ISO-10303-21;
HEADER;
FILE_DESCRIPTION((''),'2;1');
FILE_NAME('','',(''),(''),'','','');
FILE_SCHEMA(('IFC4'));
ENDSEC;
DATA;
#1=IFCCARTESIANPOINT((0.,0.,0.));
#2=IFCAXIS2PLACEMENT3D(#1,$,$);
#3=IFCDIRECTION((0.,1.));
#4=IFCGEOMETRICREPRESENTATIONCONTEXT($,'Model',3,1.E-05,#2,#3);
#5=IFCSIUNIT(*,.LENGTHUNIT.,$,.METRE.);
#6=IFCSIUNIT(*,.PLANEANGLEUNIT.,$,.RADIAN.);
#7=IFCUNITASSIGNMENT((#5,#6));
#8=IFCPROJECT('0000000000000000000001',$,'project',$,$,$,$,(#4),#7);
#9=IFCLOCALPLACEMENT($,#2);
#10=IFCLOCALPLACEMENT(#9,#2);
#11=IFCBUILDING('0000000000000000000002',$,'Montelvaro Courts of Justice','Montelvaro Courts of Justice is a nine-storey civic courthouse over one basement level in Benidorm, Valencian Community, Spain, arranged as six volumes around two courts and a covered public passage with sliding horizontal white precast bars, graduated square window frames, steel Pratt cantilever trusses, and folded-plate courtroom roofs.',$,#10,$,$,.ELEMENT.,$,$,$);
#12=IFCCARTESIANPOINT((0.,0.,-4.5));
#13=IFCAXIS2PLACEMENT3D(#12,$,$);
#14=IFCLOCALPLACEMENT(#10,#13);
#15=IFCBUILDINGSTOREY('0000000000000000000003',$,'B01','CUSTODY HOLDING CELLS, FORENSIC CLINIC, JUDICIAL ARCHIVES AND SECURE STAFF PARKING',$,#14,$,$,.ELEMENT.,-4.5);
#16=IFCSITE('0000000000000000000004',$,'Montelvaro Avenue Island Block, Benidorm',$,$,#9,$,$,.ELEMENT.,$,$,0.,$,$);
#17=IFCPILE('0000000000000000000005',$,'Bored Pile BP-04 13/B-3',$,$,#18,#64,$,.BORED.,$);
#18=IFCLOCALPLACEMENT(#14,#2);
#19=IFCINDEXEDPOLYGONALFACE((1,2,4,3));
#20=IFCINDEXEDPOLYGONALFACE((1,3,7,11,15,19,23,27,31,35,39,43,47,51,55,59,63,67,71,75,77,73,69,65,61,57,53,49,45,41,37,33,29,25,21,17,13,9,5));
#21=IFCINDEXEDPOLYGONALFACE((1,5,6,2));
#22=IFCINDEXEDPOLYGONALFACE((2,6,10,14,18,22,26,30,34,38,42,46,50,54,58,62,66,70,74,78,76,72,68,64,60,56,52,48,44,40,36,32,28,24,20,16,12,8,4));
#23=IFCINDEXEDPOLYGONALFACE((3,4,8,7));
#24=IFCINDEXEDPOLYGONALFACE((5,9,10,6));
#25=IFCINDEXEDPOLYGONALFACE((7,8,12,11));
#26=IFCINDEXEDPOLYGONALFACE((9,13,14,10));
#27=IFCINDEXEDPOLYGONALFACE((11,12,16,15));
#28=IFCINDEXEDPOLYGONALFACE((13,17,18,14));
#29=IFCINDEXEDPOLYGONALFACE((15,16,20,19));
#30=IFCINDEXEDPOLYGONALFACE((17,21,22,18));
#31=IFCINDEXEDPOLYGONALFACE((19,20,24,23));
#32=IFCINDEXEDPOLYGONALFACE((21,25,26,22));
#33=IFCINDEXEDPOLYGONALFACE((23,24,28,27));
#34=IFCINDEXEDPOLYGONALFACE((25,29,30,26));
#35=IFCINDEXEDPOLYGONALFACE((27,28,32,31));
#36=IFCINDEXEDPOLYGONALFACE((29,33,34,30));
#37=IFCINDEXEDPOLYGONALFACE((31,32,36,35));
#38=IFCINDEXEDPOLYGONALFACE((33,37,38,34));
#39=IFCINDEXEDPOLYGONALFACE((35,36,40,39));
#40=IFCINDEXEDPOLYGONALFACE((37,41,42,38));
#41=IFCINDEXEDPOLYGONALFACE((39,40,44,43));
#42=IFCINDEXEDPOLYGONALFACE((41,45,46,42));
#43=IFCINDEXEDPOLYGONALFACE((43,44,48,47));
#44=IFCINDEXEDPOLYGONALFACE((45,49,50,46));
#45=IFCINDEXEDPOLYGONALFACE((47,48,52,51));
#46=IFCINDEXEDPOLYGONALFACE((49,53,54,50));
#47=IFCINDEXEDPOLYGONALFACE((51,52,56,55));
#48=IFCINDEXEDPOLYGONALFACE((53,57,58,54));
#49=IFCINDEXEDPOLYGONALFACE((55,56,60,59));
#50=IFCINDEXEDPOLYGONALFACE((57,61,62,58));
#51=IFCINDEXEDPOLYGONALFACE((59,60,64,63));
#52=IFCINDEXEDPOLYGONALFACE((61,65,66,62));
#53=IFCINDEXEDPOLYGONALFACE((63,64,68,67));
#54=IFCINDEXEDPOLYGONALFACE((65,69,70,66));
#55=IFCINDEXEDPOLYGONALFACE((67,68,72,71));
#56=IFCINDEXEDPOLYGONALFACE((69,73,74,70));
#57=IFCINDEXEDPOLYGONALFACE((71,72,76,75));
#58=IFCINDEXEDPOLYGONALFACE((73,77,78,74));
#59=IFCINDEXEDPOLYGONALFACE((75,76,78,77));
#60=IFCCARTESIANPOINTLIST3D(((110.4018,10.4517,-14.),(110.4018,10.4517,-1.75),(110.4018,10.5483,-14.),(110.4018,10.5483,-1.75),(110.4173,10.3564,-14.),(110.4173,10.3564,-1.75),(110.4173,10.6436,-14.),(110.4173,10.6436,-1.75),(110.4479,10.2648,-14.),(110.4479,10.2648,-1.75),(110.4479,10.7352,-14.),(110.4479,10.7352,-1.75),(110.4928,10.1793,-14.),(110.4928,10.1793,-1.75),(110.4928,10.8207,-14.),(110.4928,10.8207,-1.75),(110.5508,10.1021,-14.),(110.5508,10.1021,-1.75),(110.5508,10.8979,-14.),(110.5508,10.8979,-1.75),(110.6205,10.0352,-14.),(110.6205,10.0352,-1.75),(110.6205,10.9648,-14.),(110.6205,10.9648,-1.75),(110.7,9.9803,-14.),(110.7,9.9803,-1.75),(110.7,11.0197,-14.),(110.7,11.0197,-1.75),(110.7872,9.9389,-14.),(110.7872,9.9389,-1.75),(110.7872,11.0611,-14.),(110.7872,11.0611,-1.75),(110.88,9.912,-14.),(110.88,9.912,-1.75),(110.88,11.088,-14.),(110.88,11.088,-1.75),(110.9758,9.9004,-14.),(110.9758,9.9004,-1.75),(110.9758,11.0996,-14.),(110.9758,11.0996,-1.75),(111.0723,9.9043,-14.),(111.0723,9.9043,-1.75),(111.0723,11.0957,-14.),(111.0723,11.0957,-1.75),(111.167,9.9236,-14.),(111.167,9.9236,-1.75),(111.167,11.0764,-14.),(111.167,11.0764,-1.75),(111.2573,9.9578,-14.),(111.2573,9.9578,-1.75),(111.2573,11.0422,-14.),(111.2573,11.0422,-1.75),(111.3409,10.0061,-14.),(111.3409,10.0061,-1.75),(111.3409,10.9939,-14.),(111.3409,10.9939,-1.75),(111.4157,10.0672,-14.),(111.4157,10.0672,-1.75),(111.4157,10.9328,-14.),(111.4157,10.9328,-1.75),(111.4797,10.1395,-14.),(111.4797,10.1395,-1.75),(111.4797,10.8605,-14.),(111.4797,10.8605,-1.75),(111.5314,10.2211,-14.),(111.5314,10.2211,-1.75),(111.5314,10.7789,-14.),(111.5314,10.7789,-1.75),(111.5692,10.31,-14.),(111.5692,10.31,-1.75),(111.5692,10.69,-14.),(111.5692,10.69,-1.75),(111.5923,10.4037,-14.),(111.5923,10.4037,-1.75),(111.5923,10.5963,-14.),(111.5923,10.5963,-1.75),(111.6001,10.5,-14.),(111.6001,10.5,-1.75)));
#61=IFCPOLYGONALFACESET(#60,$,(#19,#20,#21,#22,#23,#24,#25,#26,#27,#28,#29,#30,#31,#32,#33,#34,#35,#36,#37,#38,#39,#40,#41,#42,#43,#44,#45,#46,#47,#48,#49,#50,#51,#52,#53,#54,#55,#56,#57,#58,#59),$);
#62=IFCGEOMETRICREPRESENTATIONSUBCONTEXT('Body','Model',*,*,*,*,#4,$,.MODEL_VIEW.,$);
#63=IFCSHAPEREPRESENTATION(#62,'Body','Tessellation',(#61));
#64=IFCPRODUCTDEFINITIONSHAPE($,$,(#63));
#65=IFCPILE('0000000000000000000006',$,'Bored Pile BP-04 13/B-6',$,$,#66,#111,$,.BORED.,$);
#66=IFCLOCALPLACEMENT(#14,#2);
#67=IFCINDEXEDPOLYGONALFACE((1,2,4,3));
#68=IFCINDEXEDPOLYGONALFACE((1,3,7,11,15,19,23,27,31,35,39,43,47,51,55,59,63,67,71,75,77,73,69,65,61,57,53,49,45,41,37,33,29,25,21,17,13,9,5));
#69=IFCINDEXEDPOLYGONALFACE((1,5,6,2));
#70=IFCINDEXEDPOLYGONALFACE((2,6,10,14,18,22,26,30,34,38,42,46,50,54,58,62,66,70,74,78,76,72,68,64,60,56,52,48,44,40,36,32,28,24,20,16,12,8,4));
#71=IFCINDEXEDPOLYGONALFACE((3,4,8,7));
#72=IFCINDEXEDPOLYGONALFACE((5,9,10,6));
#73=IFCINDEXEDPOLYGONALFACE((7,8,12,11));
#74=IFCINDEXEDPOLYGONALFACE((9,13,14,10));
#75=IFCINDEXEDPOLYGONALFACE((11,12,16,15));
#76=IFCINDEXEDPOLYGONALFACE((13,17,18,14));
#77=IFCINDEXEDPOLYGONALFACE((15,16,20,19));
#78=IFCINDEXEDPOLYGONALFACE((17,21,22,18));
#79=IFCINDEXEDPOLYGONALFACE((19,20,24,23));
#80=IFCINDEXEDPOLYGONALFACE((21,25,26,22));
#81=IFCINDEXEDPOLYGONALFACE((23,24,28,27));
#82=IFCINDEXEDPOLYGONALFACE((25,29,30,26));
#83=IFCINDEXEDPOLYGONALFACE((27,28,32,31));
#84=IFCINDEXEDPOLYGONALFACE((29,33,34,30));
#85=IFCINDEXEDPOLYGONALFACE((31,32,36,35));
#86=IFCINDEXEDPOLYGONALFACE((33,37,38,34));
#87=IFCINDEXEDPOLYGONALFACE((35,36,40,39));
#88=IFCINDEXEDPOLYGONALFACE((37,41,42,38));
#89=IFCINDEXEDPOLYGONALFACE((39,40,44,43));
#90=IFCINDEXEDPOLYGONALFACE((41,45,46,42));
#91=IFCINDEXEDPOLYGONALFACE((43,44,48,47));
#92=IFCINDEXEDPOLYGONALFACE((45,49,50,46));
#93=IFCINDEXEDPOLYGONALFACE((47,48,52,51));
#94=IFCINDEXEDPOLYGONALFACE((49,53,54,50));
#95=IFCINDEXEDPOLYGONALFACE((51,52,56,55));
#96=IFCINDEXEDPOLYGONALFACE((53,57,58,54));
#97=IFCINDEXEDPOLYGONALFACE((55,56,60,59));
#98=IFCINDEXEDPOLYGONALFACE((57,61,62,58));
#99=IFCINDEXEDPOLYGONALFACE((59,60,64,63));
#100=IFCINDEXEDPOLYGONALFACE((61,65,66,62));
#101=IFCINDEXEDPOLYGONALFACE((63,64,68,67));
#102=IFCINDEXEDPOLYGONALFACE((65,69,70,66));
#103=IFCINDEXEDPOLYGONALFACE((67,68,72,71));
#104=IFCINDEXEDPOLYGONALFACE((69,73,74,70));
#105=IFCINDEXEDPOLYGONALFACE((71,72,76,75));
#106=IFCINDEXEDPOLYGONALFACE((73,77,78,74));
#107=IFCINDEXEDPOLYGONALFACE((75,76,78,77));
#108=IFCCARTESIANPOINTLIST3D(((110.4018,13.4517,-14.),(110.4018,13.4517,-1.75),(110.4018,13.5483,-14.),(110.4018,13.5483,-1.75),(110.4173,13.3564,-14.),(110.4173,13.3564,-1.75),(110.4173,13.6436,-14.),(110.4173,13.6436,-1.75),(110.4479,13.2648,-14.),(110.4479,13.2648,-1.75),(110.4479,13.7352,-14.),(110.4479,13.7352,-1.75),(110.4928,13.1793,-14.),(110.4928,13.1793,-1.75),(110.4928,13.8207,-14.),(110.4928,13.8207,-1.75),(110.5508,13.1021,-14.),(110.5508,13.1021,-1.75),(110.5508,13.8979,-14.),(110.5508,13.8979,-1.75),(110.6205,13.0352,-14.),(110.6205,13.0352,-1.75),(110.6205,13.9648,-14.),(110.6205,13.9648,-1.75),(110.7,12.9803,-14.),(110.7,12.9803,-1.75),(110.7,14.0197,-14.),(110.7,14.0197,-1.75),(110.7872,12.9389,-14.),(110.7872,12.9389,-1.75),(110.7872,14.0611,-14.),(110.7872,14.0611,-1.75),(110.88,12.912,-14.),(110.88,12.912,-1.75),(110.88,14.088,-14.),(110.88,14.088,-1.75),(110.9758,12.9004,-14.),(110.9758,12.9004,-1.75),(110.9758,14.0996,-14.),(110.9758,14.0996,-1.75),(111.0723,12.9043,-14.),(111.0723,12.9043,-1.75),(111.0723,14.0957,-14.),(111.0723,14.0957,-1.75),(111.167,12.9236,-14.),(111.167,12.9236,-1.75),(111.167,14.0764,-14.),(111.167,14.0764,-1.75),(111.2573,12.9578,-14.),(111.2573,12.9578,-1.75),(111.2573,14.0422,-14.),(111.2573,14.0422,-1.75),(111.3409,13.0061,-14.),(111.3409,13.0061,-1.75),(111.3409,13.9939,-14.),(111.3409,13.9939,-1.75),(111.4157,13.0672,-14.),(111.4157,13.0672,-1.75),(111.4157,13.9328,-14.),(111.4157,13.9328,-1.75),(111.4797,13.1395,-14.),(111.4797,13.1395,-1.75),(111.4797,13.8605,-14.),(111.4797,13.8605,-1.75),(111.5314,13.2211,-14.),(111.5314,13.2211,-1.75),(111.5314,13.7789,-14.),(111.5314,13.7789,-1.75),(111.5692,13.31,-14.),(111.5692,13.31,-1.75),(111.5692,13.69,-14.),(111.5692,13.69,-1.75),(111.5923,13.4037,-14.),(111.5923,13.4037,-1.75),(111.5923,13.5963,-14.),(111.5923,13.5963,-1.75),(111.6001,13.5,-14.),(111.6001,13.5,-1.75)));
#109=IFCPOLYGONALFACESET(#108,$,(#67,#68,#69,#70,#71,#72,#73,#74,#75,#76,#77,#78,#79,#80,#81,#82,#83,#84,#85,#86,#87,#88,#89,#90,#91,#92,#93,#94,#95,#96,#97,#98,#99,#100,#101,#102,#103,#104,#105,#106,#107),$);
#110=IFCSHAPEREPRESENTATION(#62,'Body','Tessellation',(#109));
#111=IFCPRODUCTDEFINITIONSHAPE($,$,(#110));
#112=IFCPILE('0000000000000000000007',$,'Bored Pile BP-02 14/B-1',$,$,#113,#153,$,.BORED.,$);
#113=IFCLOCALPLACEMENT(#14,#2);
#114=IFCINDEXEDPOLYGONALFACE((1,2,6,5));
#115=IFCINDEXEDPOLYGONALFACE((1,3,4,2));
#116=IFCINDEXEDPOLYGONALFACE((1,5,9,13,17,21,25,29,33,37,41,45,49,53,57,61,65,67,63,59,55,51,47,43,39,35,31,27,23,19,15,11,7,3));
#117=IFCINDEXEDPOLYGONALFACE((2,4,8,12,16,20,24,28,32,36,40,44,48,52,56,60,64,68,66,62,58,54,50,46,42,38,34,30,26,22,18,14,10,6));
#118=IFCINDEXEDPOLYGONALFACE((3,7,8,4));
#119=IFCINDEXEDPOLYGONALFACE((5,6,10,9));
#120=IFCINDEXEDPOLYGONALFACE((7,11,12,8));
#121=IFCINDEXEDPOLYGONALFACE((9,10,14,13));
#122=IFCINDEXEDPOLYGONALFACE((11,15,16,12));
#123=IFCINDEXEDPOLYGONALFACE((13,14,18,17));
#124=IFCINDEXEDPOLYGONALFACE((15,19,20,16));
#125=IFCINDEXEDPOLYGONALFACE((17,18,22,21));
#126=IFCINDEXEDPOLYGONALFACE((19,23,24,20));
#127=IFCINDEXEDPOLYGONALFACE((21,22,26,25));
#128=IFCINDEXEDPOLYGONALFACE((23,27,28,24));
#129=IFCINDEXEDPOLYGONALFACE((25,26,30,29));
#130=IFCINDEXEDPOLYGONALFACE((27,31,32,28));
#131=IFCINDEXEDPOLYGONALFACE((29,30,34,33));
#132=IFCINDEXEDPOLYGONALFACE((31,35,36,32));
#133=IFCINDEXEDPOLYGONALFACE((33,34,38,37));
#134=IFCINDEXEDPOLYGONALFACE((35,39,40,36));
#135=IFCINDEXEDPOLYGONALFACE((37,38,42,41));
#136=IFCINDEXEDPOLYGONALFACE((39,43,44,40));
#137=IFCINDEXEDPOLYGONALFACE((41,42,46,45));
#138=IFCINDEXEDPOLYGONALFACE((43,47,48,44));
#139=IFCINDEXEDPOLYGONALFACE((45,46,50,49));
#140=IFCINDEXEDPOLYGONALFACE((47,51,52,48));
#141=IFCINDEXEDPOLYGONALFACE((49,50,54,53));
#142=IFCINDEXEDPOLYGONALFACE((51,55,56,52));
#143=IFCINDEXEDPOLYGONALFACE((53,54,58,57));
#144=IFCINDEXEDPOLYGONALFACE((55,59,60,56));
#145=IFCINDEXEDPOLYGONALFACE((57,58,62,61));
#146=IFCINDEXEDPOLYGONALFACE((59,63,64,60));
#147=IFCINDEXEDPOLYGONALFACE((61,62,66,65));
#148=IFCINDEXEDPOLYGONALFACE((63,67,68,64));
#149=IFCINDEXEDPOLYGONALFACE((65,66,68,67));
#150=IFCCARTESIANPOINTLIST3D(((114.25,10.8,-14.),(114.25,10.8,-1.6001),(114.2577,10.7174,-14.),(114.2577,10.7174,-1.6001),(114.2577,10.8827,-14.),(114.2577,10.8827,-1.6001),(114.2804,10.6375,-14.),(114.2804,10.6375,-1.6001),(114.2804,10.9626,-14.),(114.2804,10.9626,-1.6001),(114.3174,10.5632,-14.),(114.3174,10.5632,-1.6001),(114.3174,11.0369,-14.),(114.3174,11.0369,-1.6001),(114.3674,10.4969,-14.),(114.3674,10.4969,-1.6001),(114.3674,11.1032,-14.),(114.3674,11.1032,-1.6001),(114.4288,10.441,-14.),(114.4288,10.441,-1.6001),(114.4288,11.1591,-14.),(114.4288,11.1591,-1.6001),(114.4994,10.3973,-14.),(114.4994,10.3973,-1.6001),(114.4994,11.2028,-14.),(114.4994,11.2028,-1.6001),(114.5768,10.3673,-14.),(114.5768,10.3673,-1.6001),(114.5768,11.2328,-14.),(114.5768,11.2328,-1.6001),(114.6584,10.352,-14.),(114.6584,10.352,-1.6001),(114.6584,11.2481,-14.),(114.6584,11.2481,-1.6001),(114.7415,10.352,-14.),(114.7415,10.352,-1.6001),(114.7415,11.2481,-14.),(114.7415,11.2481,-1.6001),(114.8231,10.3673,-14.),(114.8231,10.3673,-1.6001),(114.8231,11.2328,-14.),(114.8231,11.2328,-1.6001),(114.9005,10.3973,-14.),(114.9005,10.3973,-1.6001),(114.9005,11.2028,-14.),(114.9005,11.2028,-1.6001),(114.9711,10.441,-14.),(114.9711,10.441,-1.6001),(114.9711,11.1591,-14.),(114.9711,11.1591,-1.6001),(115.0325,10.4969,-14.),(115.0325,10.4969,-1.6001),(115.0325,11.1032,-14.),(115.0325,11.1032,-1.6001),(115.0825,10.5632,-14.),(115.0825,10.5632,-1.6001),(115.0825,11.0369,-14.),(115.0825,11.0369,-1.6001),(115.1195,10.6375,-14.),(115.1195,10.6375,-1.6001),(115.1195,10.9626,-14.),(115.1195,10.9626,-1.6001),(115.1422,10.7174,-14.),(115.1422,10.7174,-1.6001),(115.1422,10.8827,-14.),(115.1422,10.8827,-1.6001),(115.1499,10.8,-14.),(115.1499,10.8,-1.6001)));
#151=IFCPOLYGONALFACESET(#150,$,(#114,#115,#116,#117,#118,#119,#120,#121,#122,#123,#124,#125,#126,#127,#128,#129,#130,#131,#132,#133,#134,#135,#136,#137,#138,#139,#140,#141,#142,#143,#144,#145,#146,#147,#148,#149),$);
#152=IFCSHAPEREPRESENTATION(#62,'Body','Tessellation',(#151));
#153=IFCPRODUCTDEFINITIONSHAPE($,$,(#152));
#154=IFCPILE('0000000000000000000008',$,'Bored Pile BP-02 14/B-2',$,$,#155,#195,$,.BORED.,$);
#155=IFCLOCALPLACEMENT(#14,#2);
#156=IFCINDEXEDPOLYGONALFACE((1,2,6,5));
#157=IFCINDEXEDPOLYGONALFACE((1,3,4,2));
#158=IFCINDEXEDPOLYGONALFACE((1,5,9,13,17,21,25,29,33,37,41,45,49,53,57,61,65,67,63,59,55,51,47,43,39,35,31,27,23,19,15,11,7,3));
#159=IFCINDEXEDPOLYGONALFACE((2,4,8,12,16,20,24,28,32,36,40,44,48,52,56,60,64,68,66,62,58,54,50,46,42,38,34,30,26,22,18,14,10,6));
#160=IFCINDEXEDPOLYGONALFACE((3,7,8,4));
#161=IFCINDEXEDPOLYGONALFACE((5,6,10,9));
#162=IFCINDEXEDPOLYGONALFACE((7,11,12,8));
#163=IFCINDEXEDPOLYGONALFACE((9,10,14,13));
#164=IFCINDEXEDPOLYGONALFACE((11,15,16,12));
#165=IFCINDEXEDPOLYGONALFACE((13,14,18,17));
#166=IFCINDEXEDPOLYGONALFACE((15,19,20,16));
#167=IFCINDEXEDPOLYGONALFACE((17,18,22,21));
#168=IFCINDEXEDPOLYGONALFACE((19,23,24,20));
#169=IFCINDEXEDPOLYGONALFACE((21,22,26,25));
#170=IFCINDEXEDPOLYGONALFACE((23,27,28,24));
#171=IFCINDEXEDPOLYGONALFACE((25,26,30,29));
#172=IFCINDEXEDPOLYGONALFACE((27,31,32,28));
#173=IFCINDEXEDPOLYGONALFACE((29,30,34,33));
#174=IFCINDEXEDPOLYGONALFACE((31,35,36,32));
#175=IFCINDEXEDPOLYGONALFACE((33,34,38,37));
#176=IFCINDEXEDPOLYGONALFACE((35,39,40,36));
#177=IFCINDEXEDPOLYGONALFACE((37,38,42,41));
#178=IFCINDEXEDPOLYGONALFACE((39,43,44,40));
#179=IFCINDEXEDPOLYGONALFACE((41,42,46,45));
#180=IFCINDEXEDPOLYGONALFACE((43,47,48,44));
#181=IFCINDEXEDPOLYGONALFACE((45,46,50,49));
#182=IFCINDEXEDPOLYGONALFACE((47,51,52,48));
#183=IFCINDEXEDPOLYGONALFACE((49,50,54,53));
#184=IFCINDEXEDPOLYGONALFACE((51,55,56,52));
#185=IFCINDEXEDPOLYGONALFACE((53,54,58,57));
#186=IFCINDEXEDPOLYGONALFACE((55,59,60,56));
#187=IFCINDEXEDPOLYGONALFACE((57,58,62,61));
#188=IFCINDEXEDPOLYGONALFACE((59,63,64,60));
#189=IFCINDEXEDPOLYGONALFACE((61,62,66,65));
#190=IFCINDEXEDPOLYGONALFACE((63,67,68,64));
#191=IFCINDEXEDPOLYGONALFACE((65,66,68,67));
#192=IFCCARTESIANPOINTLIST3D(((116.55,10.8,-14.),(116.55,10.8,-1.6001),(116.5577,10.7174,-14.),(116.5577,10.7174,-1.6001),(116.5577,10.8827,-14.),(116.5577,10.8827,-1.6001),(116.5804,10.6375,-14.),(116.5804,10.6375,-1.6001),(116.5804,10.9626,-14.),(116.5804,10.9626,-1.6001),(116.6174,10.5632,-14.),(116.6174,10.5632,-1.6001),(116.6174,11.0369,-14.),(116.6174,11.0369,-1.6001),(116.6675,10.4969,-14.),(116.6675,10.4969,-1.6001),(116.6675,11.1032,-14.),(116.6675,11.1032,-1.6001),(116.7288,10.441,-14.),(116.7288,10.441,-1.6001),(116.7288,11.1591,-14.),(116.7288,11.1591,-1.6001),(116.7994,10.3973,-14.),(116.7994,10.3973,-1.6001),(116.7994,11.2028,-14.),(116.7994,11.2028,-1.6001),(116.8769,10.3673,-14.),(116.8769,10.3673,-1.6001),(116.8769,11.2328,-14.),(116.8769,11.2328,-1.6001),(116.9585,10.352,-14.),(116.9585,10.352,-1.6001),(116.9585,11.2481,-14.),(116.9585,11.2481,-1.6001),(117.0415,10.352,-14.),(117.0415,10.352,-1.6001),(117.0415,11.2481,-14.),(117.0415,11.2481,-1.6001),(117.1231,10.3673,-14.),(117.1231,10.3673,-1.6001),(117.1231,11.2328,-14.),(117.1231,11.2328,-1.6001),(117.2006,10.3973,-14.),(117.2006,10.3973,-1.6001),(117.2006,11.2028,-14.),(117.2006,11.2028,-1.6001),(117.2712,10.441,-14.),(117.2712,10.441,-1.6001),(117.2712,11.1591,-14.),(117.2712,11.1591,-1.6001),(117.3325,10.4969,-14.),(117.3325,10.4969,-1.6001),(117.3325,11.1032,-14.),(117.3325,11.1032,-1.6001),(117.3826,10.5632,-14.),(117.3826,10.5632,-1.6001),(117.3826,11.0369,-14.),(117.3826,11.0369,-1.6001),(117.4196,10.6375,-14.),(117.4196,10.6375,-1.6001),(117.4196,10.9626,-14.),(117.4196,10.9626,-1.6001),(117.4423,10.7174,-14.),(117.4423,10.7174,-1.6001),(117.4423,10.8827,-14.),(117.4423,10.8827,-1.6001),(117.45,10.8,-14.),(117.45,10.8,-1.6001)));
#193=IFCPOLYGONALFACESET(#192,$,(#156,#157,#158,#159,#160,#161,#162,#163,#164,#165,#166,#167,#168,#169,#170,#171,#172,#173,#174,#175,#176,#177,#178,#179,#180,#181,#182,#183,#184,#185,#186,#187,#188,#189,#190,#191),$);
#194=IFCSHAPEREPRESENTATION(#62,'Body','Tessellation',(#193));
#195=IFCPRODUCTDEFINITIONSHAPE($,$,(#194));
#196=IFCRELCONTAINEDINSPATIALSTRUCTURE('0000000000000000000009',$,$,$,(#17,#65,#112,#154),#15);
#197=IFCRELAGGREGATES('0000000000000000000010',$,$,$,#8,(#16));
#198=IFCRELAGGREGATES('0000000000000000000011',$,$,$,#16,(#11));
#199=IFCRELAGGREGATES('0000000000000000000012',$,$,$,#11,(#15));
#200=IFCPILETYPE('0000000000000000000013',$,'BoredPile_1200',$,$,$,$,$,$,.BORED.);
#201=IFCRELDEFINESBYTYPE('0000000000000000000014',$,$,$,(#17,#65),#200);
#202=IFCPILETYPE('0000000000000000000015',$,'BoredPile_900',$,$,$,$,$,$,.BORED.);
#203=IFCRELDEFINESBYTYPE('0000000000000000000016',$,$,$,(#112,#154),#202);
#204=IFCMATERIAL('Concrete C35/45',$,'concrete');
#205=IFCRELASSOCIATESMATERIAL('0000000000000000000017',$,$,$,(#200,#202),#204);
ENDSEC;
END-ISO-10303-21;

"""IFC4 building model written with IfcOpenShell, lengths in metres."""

from ifc_helpers import new_model, si_unit, direction, frame, origin, origin_2d, place, context, subcontext, project, spatial, circle, extrude, material, material_profile, profile_set, type_object, element, save


model = new_model("IFC4")

# Units and contexts
model_context = context("Model", 3, precision=1e-05, world=origin(), true_north=direction((0.0, 1.0)))
body_context = subcontext(model_context, "Body", "Model", "MODEL_VIEW")
ifc_project = project(units=[si_unit("LENGTHUNIT", "METRE"), si_unit("PLANEANGLEUNIT", "RADIAN")], contexts=[model_context])

# Site, building, storey
site_placement = place(None, origin())
site = spatial("IfcSite", under=ifc_project, at=site_placement, Name="Montelvaro Avenue Island Block, Benidorm", CompositionType="ELEMENT", RefElevation=0.0)
building_placement = place(site_placement, origin())
building = spatial("IfcBuilding", under=site, at=building_placement, Name="Montelvaro Courts of Justice", Description="Montelvaro Courts of Justice is a nine-storey civic courthouse over one basement level in Benidorm, Valencian Community, Spain, arranged as six volumes around two courts and a covered public passage with sliding horizontal white precast bars, graduated square window frames, steel Pratt cantilever trusses, and folded-plate courtroom roofs.", CompositionType="ELEMENT")
storey_placement = place(building_placement, frame((0.0, 0.0, -4.5)))
storey = spatial("IfcBuildingStorey", under=building, at=storey_placement, Name="B01", Description="CUSTODY HOLDING CELLS, FORENSIC CLINIC, JUDICIAL ARCHIVES AND SECURE STAFF PARKING", CompositionType="ELEMENT", Elevation=-4.5)

# Piles
ifc_material_1 = material(Name="Concrete C35/45", Category="concrete")
ifc_material_profile_1 = material_profile(ifc_material_1, circle(Radius=0.6001, at=origin_2d()), Name="BORED PILE D1200")
ifc_profile_set_1 = profile_set([ifc_material_profile_1], Name="Concrete C35/45")
pile_type_1 = type_object("IfcPileType", Name="BoredPile_1200", PredefinedType="BORED", material=ifc_profile_set_1)
for number, where, z_axis, x_axis, name in (
    (1, (111.0, 10.5, -1.75), (0.0, 0.0, -1.0), (1.0, 0.0, 0.0), "Bored Pile BP-04 13/B-3"),
    (2, (111.0, 13.5, -1.75), (0.0, 0.0, -1.0), (1.0, 0.0, 0.0), "Bored Pile BP-04 13/B-6"),
):
    element("IfcPile", number, at=place(storey_placement, frame(where, z_axis=z_axis, x_axis=x_axis)), inside=storey, type_object=pile_type_1, Name=name, PredefinedType="BORED", context=body_context, shape_type="SweptSolid", body=[
        extrude(circle(Radius=0.6001, at=origin_2d()), origin(), (0.0, 0.0, 1.0), 12.25),
    ])
ifc_material_profile_2 = material_profile(ifc_material_1, circle(Radius=0.45, at=origin_2d()), Name="BORED PILE D900")
ifc_profile_set_2 = profile_set([ifc_material_profile_2], Name="Concrete C35/45")
pile_type_2 = type_object("IfcPileType", Name="BoredPile_900", PredefinedType="BORED", material=ifc_profile_set_2)
for number, where, z_axis, x_axis, name in (
    (3, (114.7, 10.8, -1.6001), (0.0, 0.0, -1.0), (1.0, 0.0, 0.0), "Bored Pile BP-02 14/B-1"),
    (4, (117.0, 10.8, -1.6001), (0.0, 0.0, -1.0), (1.0, 0.0, 0.0), "Bored Pile BP-02 14/B-2"),
):
    element("IfcPile", number, at=place(storey_placement, frame(where, z_axis=z_axis, x_axis=x_axis)), inside=storey, type_object=pile_type_2, Name=name, PredefinedType="BORED", context=body_context, shape_type="SweptSolid", body=[
        extrude(circle(Radius=0.45, at=origin_2d()), origin(), (0.0, 0.0, 1.0), 12.3999),
    ])

save(model, "model.ifc")
